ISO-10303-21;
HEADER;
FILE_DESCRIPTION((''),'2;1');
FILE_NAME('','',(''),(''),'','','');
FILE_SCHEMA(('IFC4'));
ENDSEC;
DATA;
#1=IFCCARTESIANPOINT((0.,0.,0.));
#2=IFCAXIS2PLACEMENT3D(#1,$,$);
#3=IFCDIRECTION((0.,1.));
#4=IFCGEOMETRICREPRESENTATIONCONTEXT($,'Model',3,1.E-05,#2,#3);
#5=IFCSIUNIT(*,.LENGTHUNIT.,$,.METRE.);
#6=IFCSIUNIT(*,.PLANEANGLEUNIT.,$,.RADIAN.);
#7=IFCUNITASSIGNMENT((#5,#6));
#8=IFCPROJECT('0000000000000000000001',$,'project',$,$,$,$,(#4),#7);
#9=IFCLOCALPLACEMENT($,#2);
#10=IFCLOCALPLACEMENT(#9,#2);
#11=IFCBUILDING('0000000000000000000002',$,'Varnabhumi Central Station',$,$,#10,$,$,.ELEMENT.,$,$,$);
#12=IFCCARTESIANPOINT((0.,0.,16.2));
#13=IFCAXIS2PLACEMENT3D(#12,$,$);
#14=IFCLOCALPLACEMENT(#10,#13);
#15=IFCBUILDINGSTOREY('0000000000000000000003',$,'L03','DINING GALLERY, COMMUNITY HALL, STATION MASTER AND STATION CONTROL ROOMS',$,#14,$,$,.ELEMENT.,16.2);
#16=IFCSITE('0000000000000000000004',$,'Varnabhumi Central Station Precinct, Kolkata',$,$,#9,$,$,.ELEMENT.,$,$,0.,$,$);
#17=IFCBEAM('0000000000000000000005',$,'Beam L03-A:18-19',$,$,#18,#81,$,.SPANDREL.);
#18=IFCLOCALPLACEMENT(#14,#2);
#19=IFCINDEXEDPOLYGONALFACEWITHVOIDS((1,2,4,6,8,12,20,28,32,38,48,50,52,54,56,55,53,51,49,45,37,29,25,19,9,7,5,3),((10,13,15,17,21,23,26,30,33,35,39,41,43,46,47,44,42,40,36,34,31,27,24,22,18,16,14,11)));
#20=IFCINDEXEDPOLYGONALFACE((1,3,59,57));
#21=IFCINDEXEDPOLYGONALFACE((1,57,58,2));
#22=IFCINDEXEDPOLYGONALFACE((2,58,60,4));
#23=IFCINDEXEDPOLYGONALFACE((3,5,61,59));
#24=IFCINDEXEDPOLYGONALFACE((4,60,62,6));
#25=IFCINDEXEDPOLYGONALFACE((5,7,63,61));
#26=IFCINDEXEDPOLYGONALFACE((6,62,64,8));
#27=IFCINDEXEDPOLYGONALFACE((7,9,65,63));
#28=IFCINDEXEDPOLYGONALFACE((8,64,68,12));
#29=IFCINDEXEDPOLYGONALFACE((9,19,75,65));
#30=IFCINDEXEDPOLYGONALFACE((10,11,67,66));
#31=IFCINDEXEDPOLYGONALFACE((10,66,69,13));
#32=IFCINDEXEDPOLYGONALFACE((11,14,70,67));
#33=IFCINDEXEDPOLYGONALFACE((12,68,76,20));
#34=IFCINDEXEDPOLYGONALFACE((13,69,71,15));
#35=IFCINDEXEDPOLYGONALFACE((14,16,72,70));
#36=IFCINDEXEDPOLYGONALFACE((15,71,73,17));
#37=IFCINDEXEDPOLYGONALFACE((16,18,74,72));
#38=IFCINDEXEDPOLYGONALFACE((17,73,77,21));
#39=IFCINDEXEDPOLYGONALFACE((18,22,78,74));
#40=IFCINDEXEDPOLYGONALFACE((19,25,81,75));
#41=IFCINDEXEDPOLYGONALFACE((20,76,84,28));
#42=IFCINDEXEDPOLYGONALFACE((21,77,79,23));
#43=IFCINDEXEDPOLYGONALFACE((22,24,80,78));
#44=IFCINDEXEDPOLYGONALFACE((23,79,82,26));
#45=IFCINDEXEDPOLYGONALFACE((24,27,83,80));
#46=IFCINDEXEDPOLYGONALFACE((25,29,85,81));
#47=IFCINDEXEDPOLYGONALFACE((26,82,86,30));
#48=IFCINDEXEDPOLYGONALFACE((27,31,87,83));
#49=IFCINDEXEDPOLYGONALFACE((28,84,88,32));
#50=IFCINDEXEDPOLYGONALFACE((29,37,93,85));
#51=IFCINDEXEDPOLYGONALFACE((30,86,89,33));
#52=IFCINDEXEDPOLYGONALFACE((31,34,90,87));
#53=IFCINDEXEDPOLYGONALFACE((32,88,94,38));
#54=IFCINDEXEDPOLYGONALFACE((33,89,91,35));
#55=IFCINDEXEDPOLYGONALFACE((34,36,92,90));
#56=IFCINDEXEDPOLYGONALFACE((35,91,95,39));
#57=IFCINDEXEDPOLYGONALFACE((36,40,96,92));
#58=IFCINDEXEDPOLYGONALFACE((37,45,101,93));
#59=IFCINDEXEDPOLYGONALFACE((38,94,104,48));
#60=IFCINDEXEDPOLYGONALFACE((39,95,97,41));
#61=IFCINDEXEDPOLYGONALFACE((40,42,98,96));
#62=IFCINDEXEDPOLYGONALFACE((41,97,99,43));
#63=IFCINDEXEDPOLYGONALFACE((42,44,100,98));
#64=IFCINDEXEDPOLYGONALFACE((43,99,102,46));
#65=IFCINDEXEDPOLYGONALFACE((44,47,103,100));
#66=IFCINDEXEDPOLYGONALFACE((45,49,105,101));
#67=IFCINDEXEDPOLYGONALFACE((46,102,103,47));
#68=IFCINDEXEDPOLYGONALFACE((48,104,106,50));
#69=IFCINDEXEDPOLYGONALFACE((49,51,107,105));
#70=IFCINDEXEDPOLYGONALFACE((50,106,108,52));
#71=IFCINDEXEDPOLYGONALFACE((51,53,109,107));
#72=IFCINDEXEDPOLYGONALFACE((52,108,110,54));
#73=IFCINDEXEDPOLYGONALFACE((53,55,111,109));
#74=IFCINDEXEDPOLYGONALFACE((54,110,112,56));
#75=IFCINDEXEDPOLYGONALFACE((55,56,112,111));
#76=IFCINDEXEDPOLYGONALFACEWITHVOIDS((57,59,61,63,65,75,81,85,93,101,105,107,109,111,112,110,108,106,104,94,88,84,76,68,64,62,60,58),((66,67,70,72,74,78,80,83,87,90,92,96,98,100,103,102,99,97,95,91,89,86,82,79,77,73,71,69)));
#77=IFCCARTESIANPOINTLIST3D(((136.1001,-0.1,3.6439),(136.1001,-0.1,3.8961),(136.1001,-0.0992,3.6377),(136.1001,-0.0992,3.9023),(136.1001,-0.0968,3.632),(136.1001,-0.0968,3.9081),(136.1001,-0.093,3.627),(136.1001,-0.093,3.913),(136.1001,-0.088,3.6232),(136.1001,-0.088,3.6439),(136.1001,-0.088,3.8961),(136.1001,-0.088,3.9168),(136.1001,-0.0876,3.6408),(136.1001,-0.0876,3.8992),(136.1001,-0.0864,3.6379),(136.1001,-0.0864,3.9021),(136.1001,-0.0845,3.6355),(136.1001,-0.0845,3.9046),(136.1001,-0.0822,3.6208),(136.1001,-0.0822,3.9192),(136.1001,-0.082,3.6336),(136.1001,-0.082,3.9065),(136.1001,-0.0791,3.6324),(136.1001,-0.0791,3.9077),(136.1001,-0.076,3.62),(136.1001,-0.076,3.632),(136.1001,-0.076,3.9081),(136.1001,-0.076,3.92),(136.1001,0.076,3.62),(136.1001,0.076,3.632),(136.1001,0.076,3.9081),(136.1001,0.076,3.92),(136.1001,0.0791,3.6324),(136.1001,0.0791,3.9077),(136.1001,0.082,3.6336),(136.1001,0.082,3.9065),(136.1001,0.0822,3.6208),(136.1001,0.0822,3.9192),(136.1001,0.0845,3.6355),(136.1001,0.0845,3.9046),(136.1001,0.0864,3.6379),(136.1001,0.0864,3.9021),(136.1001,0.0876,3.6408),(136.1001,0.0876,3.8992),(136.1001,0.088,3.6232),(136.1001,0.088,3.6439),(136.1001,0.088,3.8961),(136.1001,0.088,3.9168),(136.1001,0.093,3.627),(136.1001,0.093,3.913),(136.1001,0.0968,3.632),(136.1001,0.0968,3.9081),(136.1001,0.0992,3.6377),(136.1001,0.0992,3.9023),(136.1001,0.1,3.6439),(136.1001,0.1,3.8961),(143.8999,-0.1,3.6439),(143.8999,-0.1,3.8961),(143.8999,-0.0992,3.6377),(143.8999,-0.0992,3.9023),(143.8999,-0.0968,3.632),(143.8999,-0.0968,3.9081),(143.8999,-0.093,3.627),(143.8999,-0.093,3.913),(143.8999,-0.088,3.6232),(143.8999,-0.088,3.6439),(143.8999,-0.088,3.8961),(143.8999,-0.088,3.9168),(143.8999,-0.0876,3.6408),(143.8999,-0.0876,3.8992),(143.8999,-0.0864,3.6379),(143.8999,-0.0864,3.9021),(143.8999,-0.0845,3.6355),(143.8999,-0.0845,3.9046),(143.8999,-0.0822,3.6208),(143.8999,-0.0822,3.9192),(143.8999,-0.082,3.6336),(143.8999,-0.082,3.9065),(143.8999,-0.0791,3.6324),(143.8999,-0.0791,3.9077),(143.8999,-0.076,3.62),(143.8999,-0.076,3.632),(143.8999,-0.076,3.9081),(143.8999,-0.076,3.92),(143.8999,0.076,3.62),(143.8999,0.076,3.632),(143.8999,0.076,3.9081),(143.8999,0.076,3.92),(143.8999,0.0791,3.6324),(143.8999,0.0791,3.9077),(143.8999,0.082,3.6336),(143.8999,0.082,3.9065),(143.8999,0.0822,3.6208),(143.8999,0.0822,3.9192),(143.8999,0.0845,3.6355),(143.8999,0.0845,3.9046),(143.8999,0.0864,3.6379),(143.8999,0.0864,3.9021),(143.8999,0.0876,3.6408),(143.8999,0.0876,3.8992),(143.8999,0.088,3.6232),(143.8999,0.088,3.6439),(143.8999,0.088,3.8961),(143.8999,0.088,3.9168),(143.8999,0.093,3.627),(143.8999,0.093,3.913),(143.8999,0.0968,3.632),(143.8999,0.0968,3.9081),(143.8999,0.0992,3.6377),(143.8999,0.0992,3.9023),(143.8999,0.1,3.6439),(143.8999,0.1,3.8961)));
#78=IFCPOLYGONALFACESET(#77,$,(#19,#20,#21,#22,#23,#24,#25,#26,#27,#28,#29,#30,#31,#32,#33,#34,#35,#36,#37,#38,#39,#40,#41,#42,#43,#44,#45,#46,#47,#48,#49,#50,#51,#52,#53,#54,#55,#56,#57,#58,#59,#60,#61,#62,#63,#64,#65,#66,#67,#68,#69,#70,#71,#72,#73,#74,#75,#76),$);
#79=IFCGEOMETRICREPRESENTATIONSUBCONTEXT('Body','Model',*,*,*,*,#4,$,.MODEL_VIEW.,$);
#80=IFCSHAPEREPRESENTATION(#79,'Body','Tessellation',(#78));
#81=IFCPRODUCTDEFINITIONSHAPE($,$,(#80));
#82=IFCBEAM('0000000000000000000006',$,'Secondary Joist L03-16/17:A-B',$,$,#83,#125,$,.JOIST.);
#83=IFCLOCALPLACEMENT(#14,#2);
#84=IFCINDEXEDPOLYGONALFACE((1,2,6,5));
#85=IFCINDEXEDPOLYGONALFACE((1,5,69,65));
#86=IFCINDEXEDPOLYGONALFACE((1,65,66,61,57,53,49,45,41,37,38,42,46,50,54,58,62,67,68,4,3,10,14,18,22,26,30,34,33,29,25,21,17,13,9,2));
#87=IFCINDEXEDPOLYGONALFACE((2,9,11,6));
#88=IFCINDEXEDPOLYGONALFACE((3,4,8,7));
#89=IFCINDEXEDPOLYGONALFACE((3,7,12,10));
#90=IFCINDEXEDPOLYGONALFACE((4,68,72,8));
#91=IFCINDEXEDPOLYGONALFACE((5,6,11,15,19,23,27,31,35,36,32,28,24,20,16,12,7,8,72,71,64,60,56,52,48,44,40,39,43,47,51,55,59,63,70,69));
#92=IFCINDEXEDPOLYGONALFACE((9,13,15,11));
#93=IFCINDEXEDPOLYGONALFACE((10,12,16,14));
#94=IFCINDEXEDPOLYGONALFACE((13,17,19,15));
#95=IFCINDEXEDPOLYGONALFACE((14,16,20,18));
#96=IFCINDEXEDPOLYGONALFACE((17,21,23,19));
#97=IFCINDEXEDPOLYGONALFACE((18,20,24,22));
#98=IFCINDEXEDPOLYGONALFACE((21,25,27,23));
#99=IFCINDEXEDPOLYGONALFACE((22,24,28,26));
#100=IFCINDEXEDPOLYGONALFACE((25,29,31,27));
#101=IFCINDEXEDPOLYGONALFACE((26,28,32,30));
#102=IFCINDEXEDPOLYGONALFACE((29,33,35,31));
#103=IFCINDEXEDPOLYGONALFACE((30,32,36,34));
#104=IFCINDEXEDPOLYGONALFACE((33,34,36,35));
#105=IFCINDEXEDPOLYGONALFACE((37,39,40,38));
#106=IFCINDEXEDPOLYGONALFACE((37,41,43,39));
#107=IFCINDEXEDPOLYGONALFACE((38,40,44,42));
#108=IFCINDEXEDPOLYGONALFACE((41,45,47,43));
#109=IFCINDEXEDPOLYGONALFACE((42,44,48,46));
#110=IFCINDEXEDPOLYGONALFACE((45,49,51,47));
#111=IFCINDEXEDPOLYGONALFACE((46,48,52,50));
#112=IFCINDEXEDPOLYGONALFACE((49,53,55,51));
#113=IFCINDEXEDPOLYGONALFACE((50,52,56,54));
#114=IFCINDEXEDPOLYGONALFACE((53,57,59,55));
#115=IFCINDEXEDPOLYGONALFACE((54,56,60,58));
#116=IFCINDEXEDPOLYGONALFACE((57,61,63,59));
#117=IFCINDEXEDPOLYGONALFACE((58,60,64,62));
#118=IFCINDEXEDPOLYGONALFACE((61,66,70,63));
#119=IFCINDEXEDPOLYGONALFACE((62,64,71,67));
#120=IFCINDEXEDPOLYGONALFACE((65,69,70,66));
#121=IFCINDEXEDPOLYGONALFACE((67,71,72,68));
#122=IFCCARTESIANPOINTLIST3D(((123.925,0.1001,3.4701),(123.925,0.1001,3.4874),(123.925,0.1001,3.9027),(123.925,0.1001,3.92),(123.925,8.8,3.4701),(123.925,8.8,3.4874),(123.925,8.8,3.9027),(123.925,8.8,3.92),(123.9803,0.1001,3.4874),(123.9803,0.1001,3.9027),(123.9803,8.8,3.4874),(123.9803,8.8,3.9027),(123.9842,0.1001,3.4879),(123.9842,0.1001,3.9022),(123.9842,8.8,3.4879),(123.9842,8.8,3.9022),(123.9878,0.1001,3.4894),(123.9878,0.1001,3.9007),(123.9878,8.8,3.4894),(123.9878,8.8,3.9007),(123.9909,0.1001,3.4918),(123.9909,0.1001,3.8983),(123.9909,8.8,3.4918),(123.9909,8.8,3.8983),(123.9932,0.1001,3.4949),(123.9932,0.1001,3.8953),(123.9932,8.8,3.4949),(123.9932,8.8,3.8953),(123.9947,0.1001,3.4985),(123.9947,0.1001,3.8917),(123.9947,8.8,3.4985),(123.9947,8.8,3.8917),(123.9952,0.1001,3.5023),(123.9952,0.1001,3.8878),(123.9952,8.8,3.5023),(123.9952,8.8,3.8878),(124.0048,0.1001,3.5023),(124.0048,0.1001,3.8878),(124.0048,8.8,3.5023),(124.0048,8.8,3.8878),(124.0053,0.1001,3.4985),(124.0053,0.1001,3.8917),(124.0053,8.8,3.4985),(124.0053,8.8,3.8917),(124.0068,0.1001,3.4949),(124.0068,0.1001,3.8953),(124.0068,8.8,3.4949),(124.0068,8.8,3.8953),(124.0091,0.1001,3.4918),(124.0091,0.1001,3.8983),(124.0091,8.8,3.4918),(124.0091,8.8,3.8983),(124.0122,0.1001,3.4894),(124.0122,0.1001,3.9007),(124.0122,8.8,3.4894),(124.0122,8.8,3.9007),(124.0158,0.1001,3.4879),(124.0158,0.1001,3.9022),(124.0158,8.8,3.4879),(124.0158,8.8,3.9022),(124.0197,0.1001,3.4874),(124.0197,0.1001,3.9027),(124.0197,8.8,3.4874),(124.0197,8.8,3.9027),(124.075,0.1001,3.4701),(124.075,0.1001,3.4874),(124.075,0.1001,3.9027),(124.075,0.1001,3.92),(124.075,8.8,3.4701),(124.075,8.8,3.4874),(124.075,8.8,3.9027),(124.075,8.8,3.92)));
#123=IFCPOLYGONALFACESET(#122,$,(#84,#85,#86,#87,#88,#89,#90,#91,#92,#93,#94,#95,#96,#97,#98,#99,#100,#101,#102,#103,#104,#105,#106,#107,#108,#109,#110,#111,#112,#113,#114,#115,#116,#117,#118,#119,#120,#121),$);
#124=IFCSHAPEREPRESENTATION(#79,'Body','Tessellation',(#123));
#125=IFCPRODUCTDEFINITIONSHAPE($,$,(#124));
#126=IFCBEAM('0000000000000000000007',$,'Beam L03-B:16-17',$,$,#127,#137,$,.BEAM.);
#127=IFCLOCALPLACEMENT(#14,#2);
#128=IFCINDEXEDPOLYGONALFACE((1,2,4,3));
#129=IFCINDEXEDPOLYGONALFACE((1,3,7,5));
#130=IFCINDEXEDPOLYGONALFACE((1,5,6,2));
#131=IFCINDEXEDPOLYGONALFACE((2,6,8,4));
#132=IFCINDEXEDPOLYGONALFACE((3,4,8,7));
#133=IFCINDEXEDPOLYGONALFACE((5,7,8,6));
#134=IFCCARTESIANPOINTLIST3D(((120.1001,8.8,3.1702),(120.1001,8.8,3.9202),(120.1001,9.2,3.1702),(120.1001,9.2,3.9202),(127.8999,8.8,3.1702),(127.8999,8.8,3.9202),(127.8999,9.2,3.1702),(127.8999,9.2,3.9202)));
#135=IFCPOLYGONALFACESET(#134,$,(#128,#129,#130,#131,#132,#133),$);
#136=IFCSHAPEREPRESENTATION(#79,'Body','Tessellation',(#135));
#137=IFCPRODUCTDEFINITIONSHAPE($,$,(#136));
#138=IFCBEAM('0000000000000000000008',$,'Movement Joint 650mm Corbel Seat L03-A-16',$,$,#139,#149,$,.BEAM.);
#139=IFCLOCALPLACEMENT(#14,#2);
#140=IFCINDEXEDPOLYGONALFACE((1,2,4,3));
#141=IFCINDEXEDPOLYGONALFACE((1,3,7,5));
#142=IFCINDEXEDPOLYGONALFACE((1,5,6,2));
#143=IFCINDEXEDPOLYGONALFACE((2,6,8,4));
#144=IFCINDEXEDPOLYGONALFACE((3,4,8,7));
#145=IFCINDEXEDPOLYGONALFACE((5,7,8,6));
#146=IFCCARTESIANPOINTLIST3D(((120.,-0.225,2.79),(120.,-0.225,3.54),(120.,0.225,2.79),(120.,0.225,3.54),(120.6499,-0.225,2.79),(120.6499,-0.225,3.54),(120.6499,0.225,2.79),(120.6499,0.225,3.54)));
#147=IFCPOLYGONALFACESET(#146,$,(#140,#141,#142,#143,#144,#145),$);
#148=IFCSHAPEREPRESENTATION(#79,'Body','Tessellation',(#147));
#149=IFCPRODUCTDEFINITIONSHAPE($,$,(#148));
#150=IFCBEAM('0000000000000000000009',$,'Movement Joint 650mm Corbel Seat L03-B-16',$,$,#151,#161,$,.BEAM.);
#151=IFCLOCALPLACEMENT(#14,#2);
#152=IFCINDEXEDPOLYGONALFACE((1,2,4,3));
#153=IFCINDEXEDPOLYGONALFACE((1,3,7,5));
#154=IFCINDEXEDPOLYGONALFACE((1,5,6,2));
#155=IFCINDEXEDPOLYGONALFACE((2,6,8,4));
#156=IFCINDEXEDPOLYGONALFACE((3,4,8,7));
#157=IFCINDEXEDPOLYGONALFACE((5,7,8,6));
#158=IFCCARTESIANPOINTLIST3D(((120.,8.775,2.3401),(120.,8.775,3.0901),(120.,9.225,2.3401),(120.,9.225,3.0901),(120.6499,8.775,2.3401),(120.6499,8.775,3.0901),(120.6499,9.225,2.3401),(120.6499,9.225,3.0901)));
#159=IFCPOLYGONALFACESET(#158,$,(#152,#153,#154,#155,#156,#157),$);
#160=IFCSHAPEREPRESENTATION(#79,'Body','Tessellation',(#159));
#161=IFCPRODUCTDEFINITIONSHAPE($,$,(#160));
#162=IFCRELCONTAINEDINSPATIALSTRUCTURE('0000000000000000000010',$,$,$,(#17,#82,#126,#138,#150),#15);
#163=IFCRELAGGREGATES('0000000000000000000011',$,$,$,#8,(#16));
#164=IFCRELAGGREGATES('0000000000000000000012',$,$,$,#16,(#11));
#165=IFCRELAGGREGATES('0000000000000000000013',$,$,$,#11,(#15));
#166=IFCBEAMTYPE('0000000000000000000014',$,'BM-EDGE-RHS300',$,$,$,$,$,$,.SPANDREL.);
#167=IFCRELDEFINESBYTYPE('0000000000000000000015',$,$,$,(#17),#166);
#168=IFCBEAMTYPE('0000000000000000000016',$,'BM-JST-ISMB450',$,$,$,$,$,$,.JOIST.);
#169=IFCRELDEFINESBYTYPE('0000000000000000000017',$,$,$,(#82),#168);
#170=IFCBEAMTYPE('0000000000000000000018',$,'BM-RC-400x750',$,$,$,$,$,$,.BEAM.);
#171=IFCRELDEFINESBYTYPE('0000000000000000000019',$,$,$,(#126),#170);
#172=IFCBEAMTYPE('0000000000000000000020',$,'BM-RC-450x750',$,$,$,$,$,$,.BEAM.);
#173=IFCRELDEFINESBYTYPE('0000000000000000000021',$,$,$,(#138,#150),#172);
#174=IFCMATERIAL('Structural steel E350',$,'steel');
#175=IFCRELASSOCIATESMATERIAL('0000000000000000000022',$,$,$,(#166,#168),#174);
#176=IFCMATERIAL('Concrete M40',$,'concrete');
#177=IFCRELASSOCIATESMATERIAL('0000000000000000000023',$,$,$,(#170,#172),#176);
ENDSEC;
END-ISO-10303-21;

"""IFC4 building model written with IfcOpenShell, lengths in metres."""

from ifc_helpers import new_model, si_unit, direction, frame, origin, origin_2d, place, context, subcontext, project, spatial, rectangle, hollow_rectangle, i_section, extrude, material, material_profile, profile_set, type_object, element, save


model = new_model("IFC4")

# Units and contexts
model_context = context("Model", 3, precision=1e-05, world=origin(), true_north=direction((0.0, 1.0)))
body_context = subcontext(model_context, "Body", "Model", "MODEL_VIEW")
ifc_project = project(units=[si_unit("LENGTHUNIT", "METRE"), si_unit("PLANEANGLEUNIT", "RADIAN")], contexts=[model_context])

# Site, building, storey
site_placement = place(None, origin())
site = spatial("IfcSite", under=ifc_project, at=site_placement, Name="Varnabhumi Central Station Precinct, Kolkata", CompositionType="ELEMENT", RefElevation=0.0)
building_placement = place(site_placement, origin())
building = spatial("IfcBuilding", under=site, at=building_placement, Name="Varnabhumi Central Station", CompositionType="ELEMENT")
storey_placement = place(building_placement, frame((0.0, 0.0, 16.2)))
storey = spatial("IfcBuildingStorey", under=building, at=storey_placement, Name="L03", Description="DINING GALLERY, COMMUNITY HALL, STATION MASTER AND STATION CONTROL ROOMS", CompositionType="ELEMENT", Elevation=16.2)

# Shared definitions
ifc_material_1 = material(Name="Concrete M40", Category="concrete")

# Beams
ifc_material_2 = material(Name="Structural steel E350", Category="steel")
ifc_material_profile_1 = material_profile(ifc_material_2, hollow_rectangle(XDim=0.2, YDim=0.3, WallThickness=0.012, InnerFilletRadius=0.012, OuterFilletRadius=0.0239, at=origin_2d()), Name="Structural steel E350", Category="steel")
ifc_profile_set_1 = profile_set([ifc_material_profile_1], Name="Structural steel E350")
beam_type_1 = type_object("IfcBeamType", Name="BM-EDGE-RHS300", PredefinedType="SPANDREL", material=ifc_profile_set_1)
for number, where, z_axis, x_axis, name in (
    (1, (136.1001, 0.0, 3.77), (1.0, 0.0, 0.0), (0.0, 1.0, 0.0), "Beam L03-A:18-19"),
):
    element("IfcBeam", number, at=place(storey_placement, frame(where, z_axis=z_axis, x_axis=x_axis)), inside=storey, type_object=beam_type_1, Name=name, PredefinedType="SPANDREL", context=body_context, shape_type="SweptSolid", body=[
        extrude(hollow_rectangle(XDim=0.2, YDim=0.3, WallThickness=0.012, InnerFilletRadius=0.012, OuterFilletRadius=0.0239, at=origin_2d()), origin(), (0.0, 0.0, 1.0), 7.7998),
    ])
ifc_material_profile_2 = material_profile(ifc_material_2, i_section(OverallWidth=0.1499, OverallDepth=0.45, WebThickness=0.0095, FlangeThickness=0.0173, FilletRadius=0.0149, at=origin_2d()), Name="Structural steel E350", Category="steel")
ifc_profile_set_2 = profile_set([ifc_material_profile_2], Name="Structural steel E350")
beam_type_2 = type_object("IfcBeamType", Name="BM-JST-ISMB450", PredefinedType="JOIST", material=ifc_profile_set_2)
beam_1_placement = place(storey_placement, frame((124.0, 0.1001, 3.6951), z_axis=(0.0, 1.0, 0.0), x_axis=(-1.0, 0.0, 0.0)))
element("IfcBeam", 2, at=beam_1_placement, inside=storey, type_object=beam_type_2, Name="Secondary Joist L03-16/17:A-B", PredefinedType="JOIST", context=body_context, shape_type="SweptSolid", body=[
    extrude(i_section(OverallWidth=0.1499, OverallDepth=0.45, WebThickness=0.0095, FlangeThickness=0.0173, FilletRadius=0.0149, at=origin_2d()), origin(), (0.0, 0.0, 1.0), 8.7),
])
ifc_material_profile_3 = material_profile(ifc_material_1, rectangle(XDim=0.3999, YDim=0.75, at=origin_2d()), Name="Concrete M40", Category="concrete")
ifc_profile_set_3 = profile_set([ifc_material_profile_3], Name="Concrete M40")
beam_type_3 = type_object("IfcBeamType", Name="BM-RC-400x750", PredefinedType="BEAM", material=ifc_profile_set_3)
beam_2_placement = place(storey_placement, frame((120.1001, 9.0, 3.5452), z_axis=(1.0, 0.0, 0.0), x_axis=(0.0, 1.0, 0.0)))
element("IfcBeam", 3, at=beam_2_placement, inside=storey, type_object=beam_type_3, Name="Beam L03-B:16-17", PredefinedType="BEAM", context=body_context, shape_type="SweptSolid", body=[
    extrude(rectangle(XDim=0.3999, YDim=0.75, at=origin_2d()), origin(), (0.0, 0.0, 1.0), 7.7998),
])
ifc_material_profile_4 = material_profile(ifc_material_1, rectangle(XDim=0.45, YDim=0.75, at=origin_2d()), Name="Concrete M40", Category="concrete")
ifc_profile_set_4 = profile_set([ifc_material_profile_4], Name="Concrete M40")
beam_type_4 = type_object("IfcBeamType", Name="BM-RC-450x750", PredefinedType="BEAM", material=ifc_profile_set_4)
for number, where, z_axis, x_axis, name in (
    (4, (120.0, 0.0, 3.165), (1.0, 0.0, 0.0), (0.0, 1.0, 0.0), "Movement Joint 650mm Corbel Seat L03-A-16"),
    (5, (120.0, 9.0, 2.7151), (1.0, 0.0, 0.0), (0.0, 1.0, 0.0), "Movement Joint 650mm Corbel Seat L03-B-16"),
):
    element("IfcBeam", number, at=place(storey_placement, frame(where, z_axis=z_axis, x_axis=x_axis)), inside=storey, type_object=beam_type_4, Name=name, PredefinedType="BEAM", context=body_context, shape_type="SweptSolid", body=[
        extrude(rectangle(XDim=0.45, YDim=0.75, at=origin_2d()), origin(), (0.0, 0.0, 1.0), 0.6499),
    ])

save(model, "model.ifc")
